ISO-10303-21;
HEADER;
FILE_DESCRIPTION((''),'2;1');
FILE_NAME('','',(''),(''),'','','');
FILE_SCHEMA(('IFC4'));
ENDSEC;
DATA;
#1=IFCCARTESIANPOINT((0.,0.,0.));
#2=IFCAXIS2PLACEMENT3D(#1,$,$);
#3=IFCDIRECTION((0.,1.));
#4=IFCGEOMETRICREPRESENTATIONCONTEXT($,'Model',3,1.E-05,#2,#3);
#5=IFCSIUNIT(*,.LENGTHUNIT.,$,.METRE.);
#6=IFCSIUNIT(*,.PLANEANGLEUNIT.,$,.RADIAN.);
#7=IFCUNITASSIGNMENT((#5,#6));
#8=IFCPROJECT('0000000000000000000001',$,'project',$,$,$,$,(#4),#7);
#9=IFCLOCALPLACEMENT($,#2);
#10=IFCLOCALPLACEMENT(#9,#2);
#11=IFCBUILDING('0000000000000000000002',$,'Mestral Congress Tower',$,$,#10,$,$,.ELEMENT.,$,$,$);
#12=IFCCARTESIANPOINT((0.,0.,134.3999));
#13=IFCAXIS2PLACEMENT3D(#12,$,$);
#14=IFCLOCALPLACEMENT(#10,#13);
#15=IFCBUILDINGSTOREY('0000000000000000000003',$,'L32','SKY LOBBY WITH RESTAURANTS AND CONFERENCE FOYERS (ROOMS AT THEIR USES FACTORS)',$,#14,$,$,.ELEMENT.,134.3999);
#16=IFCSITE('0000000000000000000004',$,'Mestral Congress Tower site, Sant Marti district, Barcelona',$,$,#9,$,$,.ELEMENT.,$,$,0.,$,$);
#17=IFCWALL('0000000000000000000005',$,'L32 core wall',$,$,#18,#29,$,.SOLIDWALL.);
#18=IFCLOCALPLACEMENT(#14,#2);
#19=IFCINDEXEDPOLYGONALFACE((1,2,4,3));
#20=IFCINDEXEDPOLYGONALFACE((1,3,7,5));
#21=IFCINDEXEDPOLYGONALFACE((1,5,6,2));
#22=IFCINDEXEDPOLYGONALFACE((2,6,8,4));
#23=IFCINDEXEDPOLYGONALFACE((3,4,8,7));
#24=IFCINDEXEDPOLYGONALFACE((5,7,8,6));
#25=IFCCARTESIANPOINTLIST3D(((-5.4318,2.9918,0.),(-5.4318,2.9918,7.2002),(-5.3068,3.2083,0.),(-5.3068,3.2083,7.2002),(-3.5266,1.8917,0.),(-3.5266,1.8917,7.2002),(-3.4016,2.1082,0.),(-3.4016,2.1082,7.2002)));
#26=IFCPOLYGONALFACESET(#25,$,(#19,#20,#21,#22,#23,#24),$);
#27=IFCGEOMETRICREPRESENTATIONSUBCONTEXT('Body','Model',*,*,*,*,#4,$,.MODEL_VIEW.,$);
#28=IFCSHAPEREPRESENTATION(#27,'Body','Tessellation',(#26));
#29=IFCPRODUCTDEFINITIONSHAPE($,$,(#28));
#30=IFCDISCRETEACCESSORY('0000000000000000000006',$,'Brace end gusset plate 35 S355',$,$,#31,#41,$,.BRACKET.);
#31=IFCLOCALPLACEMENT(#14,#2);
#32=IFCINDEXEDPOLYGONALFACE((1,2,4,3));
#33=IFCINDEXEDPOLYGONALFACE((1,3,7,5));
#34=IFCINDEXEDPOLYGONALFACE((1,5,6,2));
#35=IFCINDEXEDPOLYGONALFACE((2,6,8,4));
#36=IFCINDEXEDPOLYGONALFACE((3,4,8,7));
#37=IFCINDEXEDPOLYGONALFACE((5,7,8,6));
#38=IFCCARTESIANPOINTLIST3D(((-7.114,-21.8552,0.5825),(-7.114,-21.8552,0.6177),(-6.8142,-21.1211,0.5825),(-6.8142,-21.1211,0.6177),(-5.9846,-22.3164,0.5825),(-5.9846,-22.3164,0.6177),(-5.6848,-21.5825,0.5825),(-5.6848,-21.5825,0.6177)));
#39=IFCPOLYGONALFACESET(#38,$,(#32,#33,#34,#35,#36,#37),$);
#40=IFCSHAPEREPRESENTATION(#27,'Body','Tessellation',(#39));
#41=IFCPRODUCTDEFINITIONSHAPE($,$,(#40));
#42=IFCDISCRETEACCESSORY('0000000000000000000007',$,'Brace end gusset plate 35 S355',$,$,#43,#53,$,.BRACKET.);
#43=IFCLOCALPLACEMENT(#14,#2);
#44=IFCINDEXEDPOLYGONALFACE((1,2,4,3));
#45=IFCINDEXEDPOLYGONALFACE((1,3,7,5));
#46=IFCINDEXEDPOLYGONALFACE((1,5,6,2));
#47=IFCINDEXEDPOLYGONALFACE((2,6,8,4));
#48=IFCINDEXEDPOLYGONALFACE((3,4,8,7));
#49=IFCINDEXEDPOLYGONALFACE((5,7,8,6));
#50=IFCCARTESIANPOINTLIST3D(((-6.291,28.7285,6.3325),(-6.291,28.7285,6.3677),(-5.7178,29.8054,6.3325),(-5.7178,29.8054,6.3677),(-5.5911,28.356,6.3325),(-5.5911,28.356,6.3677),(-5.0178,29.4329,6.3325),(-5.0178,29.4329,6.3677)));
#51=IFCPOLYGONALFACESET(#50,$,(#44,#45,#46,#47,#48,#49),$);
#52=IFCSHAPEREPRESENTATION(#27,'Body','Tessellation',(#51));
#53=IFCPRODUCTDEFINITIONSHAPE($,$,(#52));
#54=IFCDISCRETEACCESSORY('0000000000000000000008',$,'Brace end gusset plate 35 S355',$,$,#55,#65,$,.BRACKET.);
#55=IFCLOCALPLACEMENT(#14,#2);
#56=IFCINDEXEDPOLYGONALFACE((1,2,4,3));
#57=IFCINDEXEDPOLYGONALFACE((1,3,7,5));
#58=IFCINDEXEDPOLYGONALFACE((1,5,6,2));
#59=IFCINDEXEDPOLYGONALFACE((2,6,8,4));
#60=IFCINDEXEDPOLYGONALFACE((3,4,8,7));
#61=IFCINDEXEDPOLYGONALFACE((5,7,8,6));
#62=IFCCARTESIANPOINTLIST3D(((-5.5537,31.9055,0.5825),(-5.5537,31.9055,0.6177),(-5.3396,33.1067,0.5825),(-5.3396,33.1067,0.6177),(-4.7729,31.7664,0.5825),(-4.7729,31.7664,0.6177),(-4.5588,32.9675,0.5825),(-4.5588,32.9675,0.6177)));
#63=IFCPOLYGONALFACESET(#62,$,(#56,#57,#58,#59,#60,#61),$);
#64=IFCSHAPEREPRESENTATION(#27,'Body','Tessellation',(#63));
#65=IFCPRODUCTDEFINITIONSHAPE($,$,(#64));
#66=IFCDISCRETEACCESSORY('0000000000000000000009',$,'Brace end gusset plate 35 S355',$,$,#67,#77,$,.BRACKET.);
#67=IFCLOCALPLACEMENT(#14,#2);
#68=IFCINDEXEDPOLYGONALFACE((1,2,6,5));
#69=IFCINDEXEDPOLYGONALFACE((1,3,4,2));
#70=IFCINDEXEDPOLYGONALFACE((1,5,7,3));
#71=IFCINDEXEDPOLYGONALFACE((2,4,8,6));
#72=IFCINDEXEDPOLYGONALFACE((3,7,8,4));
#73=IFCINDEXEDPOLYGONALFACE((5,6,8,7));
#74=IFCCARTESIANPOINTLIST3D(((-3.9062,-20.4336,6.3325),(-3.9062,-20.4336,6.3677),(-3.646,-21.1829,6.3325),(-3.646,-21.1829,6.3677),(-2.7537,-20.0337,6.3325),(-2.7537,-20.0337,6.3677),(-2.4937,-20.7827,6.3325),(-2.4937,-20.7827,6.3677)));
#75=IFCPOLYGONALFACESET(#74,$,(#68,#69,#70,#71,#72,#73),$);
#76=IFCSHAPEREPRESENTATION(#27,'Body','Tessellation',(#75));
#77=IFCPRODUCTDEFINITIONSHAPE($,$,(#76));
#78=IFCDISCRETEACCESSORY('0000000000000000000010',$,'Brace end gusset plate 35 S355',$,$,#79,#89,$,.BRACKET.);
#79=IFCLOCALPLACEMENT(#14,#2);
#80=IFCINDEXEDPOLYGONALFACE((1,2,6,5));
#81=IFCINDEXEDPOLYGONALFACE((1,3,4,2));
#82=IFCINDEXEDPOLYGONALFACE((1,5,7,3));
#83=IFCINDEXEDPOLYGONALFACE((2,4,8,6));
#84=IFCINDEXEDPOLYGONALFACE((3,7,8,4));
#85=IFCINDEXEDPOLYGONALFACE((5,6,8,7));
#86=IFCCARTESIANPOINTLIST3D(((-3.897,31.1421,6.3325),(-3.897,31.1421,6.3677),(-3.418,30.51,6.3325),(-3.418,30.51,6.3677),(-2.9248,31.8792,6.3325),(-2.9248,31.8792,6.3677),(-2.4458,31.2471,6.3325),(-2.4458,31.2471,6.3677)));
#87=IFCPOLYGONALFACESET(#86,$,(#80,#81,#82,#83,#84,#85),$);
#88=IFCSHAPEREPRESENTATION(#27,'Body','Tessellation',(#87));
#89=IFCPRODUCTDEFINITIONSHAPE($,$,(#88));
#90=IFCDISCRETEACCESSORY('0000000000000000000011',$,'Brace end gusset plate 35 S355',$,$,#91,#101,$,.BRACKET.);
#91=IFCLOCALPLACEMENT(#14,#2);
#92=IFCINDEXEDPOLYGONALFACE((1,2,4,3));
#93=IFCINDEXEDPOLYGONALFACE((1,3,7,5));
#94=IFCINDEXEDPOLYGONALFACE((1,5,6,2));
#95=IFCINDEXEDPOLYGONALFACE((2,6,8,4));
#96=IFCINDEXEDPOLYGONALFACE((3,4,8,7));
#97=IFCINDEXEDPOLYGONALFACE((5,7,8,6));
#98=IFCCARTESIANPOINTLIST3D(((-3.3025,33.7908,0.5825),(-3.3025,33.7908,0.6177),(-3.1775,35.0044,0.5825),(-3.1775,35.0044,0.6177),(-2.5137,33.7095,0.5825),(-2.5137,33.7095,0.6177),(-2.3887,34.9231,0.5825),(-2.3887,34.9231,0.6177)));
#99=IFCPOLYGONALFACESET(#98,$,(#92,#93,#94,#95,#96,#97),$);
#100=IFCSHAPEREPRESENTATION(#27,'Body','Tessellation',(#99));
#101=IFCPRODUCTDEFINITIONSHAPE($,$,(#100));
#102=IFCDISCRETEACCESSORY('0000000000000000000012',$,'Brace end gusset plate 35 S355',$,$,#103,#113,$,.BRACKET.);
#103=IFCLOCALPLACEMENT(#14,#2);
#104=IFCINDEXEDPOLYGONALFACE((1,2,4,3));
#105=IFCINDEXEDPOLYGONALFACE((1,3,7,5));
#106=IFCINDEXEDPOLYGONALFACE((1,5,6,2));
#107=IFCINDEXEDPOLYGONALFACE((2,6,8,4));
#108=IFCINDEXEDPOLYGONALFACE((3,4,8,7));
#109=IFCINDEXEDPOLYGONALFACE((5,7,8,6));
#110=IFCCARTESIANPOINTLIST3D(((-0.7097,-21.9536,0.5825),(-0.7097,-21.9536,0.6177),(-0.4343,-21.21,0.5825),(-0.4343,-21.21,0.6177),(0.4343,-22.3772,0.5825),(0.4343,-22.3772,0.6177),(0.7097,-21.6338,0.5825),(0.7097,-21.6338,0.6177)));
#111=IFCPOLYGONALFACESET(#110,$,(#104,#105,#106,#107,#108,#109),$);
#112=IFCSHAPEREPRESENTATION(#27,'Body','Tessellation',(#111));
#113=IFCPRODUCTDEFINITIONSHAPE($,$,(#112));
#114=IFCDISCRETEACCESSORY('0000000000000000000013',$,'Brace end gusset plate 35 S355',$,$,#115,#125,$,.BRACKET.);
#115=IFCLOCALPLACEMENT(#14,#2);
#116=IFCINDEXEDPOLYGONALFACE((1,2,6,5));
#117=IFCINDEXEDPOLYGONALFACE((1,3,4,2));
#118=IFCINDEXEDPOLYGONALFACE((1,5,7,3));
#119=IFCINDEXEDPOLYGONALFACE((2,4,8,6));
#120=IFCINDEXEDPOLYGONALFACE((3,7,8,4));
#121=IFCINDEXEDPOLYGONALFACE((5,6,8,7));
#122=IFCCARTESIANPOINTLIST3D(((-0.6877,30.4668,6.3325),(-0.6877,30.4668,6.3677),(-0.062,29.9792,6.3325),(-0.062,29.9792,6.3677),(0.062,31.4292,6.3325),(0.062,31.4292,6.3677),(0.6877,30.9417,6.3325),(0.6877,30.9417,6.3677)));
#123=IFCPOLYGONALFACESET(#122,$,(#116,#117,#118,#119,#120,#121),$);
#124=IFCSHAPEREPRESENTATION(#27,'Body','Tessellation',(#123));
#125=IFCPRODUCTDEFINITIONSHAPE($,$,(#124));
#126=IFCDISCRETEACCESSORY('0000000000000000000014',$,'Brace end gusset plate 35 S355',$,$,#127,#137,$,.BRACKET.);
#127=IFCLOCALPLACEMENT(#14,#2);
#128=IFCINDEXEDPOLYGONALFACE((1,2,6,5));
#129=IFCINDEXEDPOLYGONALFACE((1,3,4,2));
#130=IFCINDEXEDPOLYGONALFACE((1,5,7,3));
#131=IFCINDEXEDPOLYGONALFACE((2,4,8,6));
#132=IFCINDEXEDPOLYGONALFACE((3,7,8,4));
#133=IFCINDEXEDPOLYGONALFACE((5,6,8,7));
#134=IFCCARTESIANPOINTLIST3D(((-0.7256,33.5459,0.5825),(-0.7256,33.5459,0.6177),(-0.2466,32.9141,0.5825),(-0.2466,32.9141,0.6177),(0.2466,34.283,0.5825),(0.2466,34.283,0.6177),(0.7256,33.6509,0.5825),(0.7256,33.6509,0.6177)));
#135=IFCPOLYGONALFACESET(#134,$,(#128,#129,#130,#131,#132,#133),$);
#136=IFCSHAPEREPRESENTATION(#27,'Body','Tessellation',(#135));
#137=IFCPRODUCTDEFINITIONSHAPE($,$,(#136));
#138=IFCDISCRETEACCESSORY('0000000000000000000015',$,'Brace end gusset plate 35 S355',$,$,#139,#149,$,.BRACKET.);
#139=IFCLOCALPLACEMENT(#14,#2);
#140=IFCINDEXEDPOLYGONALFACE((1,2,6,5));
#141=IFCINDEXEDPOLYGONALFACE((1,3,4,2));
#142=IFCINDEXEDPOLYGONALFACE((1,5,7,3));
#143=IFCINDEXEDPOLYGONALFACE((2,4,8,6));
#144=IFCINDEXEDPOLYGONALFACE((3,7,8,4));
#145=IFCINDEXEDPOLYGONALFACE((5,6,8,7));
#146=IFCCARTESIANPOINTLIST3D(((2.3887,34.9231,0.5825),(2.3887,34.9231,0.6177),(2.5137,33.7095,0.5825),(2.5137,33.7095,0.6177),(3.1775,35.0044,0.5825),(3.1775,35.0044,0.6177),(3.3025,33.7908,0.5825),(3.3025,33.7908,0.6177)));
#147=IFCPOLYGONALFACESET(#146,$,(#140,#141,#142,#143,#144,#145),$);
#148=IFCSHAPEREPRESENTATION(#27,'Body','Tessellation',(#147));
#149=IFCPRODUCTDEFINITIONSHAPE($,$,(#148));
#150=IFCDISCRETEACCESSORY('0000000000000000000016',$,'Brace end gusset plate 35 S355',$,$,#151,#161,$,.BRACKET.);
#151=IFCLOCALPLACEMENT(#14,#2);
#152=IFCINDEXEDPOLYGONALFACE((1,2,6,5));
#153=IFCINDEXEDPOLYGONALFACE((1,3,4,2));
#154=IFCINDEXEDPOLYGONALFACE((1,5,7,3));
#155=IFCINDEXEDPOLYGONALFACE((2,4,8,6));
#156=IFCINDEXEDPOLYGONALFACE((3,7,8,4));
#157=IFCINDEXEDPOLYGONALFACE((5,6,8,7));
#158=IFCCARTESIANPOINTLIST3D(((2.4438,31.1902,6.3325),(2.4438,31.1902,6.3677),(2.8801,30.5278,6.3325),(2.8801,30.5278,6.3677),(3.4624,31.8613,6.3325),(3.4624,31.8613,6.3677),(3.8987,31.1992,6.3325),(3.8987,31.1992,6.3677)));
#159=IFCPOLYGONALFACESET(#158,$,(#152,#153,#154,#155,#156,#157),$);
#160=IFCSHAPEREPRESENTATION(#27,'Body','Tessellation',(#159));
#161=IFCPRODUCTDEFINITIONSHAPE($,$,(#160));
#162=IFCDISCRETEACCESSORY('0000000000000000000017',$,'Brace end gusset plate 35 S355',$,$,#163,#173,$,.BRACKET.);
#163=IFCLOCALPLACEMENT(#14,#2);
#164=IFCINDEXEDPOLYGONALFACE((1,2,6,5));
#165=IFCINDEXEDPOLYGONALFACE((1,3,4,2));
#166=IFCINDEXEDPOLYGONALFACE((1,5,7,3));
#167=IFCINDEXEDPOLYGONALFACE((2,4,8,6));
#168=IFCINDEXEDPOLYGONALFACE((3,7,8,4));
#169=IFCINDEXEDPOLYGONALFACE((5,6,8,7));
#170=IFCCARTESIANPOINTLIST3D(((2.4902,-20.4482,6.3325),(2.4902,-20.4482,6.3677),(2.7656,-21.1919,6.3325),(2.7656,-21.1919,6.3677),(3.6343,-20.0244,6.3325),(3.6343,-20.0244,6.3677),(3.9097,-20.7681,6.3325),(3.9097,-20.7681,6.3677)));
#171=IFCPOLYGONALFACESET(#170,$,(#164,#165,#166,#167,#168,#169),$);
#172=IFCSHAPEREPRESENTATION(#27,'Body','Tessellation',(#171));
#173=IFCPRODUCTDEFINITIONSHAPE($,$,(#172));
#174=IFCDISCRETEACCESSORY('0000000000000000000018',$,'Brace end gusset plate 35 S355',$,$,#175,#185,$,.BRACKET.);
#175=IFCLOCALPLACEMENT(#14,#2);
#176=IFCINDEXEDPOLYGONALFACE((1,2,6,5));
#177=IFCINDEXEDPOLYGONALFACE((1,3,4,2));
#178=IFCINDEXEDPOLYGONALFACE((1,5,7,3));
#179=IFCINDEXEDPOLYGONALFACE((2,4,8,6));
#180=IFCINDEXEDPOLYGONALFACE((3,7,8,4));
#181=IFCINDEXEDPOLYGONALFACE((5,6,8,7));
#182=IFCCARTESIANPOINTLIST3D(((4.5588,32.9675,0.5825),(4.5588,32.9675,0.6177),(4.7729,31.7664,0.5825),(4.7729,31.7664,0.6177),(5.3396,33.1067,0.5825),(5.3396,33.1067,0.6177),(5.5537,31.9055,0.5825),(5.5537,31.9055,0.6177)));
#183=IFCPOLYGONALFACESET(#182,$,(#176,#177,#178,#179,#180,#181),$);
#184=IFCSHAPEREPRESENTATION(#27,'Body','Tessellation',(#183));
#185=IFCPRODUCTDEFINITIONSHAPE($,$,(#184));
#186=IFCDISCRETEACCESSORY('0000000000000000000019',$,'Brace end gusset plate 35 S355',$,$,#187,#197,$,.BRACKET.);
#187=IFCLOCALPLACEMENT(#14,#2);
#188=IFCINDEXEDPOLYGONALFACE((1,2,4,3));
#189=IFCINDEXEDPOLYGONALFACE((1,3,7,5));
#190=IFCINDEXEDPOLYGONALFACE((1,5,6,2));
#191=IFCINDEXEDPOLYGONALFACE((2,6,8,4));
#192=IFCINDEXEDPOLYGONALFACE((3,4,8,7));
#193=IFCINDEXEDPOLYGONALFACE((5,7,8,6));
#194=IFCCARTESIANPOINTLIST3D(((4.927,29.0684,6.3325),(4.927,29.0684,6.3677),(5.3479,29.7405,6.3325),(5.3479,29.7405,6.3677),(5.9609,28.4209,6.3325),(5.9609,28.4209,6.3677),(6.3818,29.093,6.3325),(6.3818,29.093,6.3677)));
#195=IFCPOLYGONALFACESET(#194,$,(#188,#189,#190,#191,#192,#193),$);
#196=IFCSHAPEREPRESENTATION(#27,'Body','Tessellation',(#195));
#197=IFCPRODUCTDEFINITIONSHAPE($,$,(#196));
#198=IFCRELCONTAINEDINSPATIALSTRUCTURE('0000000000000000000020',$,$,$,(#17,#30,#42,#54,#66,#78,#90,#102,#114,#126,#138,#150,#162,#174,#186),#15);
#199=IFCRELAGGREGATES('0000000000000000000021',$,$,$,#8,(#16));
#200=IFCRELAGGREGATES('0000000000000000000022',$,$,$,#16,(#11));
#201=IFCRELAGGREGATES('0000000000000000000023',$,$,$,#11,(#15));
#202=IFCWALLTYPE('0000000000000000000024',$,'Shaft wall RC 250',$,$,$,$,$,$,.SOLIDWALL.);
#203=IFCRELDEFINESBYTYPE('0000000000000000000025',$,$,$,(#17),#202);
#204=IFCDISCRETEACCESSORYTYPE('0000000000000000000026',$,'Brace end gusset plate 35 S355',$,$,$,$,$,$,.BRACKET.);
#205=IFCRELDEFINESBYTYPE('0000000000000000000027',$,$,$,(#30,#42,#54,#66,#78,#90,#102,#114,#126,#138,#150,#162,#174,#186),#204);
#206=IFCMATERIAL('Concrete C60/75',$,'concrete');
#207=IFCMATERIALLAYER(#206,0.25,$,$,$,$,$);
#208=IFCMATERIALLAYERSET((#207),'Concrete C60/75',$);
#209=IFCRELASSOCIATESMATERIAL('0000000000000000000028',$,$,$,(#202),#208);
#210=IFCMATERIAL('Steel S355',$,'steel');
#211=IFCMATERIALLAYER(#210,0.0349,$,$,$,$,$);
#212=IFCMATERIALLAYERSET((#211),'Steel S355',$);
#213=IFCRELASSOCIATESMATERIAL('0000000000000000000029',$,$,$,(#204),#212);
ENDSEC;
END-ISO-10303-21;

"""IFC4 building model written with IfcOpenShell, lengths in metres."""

from ifc_helpers import new_model, si_unit, direction, frame, frame_2d, origin, place, context, subcontext, project, spatial, polyline, rectangle, outline, extrude, material, layer, layer_set, type_object, element, save


model = new_model("IFC4")

# Units and contexts
model_context = context("Model", 3, precision=1e-05, world=origin(), true_north=direction((0.0, 1.0)))
body_context = subcontext(model_context, "Body", "Model", "MODEL_VIEW")
ifc_project = project(units=[si_unit("LENGTHUNIT", "METRE"), si_unit("PLANEANGLEUNIT", "RADIAN")], contexts=[model_context])

# Site, building, storey
site_placement = place(None, origin())
site = spatial("IfcSite", under=ifc_project, at=site_placement, Name="Mestral Congress Tower site, Sant Marti district, Barcelona", CompositionType="ELEMENT", RefElevation=0.0)
building_placement = place(site_placement, origin())
building = spatial("IfcBuilding", under=site, at=building_placement, Name="Mestral Congress Tower", CompositionType="ELEMENT")
storey_placement = place(building_placement, frame((0.0, 0.0, 134.3999)))
storey = spatial("IfcBuildingStorey", under=building, at=storey_placement, Name="L32", Description="SKY LOBBY WITH RESTAURANTS AND CONFERENCE FOYERS (ROOMS AT THEIR USES FACTORS)", CompositionType="ELEMENT", Elevation=134.3999)

# Wall
ifc_material_1 = material(Name="Concrete C60/75", Category="concrete")
ifc_layer_1 = layer(ifc_material_1, 0.25)
ifc_layer_set_1 = layer_set([ifc_layer_1], Name="Concrete C60/75")
wall_type = type_object("IfcWallType", Name="Shaft wall RC 250", PredefinedType="SOLIDWALL", material=ifc_layer_set_1)
wall_placement = place(storey_placement, frame((-5.3694, 3.1001, 0.0), z_axis=(0.0, 0.0, 1.0), x_axis=(0.866008, -0.50003, 0.0)))
element("IfcWall", 1, at=wall_placement, inside=storey, type_object=wall_type, Name="L32 core wall", PredefinedType="SOLIDWALL", context=body_context, shape_type="SweptSolid", body=[
    extrude(rectangle(XDim=2.2, YDim=0.25, at=frame_2d((1.1001, 0.0))), origin(), (0.0, 0.0, 1.0), 7.2002),
])

# Discrete accessories
ifc_material_2 = material(Name="Steel S355", Category="steel")
ifc_layer_2 = layer(ifc_material_2, 0.0349)
ifc_layer_set_2 = layer_set([ifc_layer_2], Name="Steel S355")
discrete_accessory_type = type_object("IfcDiscreteAccessoryType", Name="Brace end gusset plate 35 S355", PredefinedType="BRACKET", material=ifc_layer_set_2)
placement_1 = place(storey_placement, frame((0.0, 0.0, 0.5825)))
element("IfcDiscreteAccessory", 2, at=placement_1, inside=storey, type_object=discrete_accessory_type, Name="Brace end gusset plate 35 S355", PredefinedType="BRACKET", context=body_context, shape_type="SweptSolid", body=[
    extrude(outline(polyline([(-5.6848, -21.5825), (-6.8142, -21.1211), (-7.114, -21.8552), (-5.9846, -22.3164), (-5.6848, -21.5825)])), origin(), (0.0, 0.0, 1.0), 0.0352),
])
placement_2 = place(storey_placement, frame((0.0, 0.0, 6.3325)))
element("IfcDiscreteAccessory", 3, at=placement_2, inside=storey, type_object=discrete_accessory_type, Name="Brace end gusset plate 35 S355", PredefinedType="BRACKET", context=body_context, shape_type="SweptSolid", body=[
    extrude(outline(polyline([(-5.5911, 28.356), (-5.0178, 29.4329), (-5.7178, 29.8054), (-6.291, 28.7285), (-5.5911, 28.356)])), origin(), (0.0, 0.0, 1.0), 0.0352),
])
element("IfcDiscreteAccessory", 4, at=placement_1, inside=storey, type_object=discrete_accessory_type, Name="Brace end gusset plate 35 S355", PredefinedType="BRACKET", context=body_context, shape_type="SweptSolid", body=[
    extrude(outline(polyline([(-5.3396, 33.1067), (-5.5537, 31.9055), (-4.7729, 31.7664), (-4.5588, 32.9675), (-5.3396, 33.1067)])), origin(), (0.0, 0.0, 1.0), 0.0352),
])
element("IfcDiscreteAccessory", 5, at=placement_2, inside=storey, type_object=discrete_accessory_type, Name="Brace end gusset plate 35 S355", PredefinedType="BRACKET", context=body_context, shape_type="SweptSolid", body=[
    extrude(outline(polyline([(-2.7537, -20.0337), (-3.9062, -20.4336), (-3.646, -21.1829), (-2.4937, -20.7827), (-2.7537, -20.0337)])), origin(), (0.0, 0.0, 1.0), 0.0352),
])
element("IfcDiscreteAccessory", 6, at=placement_2, inside=storey, type_object=discrete_accessory_type, Name="Brace end gusset plate 35 S355", PredefinedType="BRACKET", context=body_context, shape_type="SweptSolid", body=[
    extrude(outline(polyline([(-3.418, 30.51), (-2.4458, 31.2471), (-2.9248, 31.8792), (-3.897, 31.1421), (-3.418, 30.51)])), origin(), (0.0, 0.0, 1.0), 0.0352),
])
element("IfcDiscreteAccessory", 7, at=placement_1, inside=storey, type_object=discrete_accessory_type, Name="Brace end gusset plate 35 S355", PredefinedType="BRACKET", context=body_context, shape_type="SweptSolid", body=[
    extrude(outline(polyline([(-3.1775, 35.0044), (-3.3025, 33.7908), (-2.5137, 33.7095), (-2.3887, 34.9231), (-3.1775, 35.0044)])), origin(), (0.0, 0.0, 1.0), 0.0352),
])
element("IfcDiscreteAccessory", 8, at=placement_1, inside=storey, type_object=discrete_accessory_type, Name="Brace end gusset plate 35 S355", PredefinedType="BRACKET", context=body_context, shape_type="SweptSolid", body=[
    extrude(outline(polyline([(0.7097, -21.6338), (-0.4343, -21.21), (-0.7097, -21.9536), (0.4343, -22.3772), (0.7097, -21.6338)])), origin(), (0.0, 0.0, 1.0), 0.0352),
])
element("IfcDiscreteAccessory", 9, at=placement_2, inside=storey, type_object=discrete_accessory_type, Name="Brace end gusset plate 35 S355", PredefinedType="BRACKET", context=body_context, shape_type="SweptSolid", body=[
    extrude(outline(polyline([(-0.062, 29.9792), (0.6877, 30.9417), (0.062, 31.4292), (-0.6877, 30.4668), (-0.062, 29.9792)])), origin(), (0.0, 0.0, 1.0), 0.0352),
])
element("IfcDiscreteAccessory", 10, at=placement_1, inside=storey, type_object=discrete_accessory_type, Name="Brace end gusset plate 35 S355", PredefinedType="BRACKET", context=body_context, shape_type="SweptSolid", body=[
    extrude(outline(polyline([(0.2466, 34.283), (-0.7256, 33.5459), (-0.2466, 32.9141), (0.7256, 33.6509), (0.2466, 34.283)])), origin(), (0.0, 0.0, 1.0), 0.0352),
])
element("IfcDiscreteAccessory", 11, at=placement_1, inside=storey, type_object=discrete_accessory_type, Name="Brace end gusset plate 35 S355", PredefinedType="BRACKET", context=body_context, shape_type="SweptSolid", body=[
    extrude(outline(polyline([(2.3887, 34.9231), (2.5137, 33.7095), (3.3025, 33.7908), (3.1775, 35.0044), (2.3887, 34.9231)])), origin(), (0.0, 0.0, 1.0), 0.0352),
])
element("IfcDiscreteAccessory", 12, at=placement_2, inside=storey, type_object=discrete_accessory_type, Name="Brace end gusset plate 35 S355", PredefinedType="BRACKET", context=body_context, shape_type="SweptSolid", body=[
    extrude(outline(polyline([(2.8801, 30.5278), (3.8987, 31.1992), (3.4624, 31.8613), (2.4438, 31.1902), (2.8801, 30.5278)])), origin(), (0.0, 0.0, 1.0), 0.0352),
])
element("IfcDiscreteAccessory", 13, at=placement_2, inside=storey, type_object=discrete_accessory_type, Name="Brace end gusset plate 35 S355", PredefinedType="BRACKET", context=body_context, shape_type="SweptSolid", body=[
    extrude(outline(polyline([(3.6343, -20.0244), (2.4902, -20.4482), (2.7656, -21.1919), (3.9097, -20.7681), (3.6343, -20.0244)])), origin(), (0.0, 0.0, 1.0), 0.0352),
])
element("IfcDiscreteAccessory", 14, at=placement_1, inside=storey, type_object=discrete_accessory_type, Name="Brace end gusset plate 35 S355", PredefinedType="BRACKET", context=body_context, shape_type="SweptSolid", body=[
    extrude(outline(polyline([(4.5588, 32.9675), (4.7729, 31.7664), (5.5537, 31.9055), (5.3396, 33.1067), (4.5588, 32.9675)])), origin(), (0.0, 0.0, 1.0), 0.0352),
])
element("IfcDiscreteAccessory", 15, at=placement_2, inside=storey, type_object=discrete_accessory_type, Name="Brace end gusset plate 35 S355", PredefinedType="BRACKET", context=body_context, shape_type="SweptSolid", body=[
    extrude(outline(polyline([(4.927, 29.0684), (5.9609, 28.4209), (6.3818, 29.093), (5.3479, 29.7405), (4.927, 29.0684)])), origin(), (0.0, 0.0, 1.0), 0.0352),
])

save(model, "model.ifc")
